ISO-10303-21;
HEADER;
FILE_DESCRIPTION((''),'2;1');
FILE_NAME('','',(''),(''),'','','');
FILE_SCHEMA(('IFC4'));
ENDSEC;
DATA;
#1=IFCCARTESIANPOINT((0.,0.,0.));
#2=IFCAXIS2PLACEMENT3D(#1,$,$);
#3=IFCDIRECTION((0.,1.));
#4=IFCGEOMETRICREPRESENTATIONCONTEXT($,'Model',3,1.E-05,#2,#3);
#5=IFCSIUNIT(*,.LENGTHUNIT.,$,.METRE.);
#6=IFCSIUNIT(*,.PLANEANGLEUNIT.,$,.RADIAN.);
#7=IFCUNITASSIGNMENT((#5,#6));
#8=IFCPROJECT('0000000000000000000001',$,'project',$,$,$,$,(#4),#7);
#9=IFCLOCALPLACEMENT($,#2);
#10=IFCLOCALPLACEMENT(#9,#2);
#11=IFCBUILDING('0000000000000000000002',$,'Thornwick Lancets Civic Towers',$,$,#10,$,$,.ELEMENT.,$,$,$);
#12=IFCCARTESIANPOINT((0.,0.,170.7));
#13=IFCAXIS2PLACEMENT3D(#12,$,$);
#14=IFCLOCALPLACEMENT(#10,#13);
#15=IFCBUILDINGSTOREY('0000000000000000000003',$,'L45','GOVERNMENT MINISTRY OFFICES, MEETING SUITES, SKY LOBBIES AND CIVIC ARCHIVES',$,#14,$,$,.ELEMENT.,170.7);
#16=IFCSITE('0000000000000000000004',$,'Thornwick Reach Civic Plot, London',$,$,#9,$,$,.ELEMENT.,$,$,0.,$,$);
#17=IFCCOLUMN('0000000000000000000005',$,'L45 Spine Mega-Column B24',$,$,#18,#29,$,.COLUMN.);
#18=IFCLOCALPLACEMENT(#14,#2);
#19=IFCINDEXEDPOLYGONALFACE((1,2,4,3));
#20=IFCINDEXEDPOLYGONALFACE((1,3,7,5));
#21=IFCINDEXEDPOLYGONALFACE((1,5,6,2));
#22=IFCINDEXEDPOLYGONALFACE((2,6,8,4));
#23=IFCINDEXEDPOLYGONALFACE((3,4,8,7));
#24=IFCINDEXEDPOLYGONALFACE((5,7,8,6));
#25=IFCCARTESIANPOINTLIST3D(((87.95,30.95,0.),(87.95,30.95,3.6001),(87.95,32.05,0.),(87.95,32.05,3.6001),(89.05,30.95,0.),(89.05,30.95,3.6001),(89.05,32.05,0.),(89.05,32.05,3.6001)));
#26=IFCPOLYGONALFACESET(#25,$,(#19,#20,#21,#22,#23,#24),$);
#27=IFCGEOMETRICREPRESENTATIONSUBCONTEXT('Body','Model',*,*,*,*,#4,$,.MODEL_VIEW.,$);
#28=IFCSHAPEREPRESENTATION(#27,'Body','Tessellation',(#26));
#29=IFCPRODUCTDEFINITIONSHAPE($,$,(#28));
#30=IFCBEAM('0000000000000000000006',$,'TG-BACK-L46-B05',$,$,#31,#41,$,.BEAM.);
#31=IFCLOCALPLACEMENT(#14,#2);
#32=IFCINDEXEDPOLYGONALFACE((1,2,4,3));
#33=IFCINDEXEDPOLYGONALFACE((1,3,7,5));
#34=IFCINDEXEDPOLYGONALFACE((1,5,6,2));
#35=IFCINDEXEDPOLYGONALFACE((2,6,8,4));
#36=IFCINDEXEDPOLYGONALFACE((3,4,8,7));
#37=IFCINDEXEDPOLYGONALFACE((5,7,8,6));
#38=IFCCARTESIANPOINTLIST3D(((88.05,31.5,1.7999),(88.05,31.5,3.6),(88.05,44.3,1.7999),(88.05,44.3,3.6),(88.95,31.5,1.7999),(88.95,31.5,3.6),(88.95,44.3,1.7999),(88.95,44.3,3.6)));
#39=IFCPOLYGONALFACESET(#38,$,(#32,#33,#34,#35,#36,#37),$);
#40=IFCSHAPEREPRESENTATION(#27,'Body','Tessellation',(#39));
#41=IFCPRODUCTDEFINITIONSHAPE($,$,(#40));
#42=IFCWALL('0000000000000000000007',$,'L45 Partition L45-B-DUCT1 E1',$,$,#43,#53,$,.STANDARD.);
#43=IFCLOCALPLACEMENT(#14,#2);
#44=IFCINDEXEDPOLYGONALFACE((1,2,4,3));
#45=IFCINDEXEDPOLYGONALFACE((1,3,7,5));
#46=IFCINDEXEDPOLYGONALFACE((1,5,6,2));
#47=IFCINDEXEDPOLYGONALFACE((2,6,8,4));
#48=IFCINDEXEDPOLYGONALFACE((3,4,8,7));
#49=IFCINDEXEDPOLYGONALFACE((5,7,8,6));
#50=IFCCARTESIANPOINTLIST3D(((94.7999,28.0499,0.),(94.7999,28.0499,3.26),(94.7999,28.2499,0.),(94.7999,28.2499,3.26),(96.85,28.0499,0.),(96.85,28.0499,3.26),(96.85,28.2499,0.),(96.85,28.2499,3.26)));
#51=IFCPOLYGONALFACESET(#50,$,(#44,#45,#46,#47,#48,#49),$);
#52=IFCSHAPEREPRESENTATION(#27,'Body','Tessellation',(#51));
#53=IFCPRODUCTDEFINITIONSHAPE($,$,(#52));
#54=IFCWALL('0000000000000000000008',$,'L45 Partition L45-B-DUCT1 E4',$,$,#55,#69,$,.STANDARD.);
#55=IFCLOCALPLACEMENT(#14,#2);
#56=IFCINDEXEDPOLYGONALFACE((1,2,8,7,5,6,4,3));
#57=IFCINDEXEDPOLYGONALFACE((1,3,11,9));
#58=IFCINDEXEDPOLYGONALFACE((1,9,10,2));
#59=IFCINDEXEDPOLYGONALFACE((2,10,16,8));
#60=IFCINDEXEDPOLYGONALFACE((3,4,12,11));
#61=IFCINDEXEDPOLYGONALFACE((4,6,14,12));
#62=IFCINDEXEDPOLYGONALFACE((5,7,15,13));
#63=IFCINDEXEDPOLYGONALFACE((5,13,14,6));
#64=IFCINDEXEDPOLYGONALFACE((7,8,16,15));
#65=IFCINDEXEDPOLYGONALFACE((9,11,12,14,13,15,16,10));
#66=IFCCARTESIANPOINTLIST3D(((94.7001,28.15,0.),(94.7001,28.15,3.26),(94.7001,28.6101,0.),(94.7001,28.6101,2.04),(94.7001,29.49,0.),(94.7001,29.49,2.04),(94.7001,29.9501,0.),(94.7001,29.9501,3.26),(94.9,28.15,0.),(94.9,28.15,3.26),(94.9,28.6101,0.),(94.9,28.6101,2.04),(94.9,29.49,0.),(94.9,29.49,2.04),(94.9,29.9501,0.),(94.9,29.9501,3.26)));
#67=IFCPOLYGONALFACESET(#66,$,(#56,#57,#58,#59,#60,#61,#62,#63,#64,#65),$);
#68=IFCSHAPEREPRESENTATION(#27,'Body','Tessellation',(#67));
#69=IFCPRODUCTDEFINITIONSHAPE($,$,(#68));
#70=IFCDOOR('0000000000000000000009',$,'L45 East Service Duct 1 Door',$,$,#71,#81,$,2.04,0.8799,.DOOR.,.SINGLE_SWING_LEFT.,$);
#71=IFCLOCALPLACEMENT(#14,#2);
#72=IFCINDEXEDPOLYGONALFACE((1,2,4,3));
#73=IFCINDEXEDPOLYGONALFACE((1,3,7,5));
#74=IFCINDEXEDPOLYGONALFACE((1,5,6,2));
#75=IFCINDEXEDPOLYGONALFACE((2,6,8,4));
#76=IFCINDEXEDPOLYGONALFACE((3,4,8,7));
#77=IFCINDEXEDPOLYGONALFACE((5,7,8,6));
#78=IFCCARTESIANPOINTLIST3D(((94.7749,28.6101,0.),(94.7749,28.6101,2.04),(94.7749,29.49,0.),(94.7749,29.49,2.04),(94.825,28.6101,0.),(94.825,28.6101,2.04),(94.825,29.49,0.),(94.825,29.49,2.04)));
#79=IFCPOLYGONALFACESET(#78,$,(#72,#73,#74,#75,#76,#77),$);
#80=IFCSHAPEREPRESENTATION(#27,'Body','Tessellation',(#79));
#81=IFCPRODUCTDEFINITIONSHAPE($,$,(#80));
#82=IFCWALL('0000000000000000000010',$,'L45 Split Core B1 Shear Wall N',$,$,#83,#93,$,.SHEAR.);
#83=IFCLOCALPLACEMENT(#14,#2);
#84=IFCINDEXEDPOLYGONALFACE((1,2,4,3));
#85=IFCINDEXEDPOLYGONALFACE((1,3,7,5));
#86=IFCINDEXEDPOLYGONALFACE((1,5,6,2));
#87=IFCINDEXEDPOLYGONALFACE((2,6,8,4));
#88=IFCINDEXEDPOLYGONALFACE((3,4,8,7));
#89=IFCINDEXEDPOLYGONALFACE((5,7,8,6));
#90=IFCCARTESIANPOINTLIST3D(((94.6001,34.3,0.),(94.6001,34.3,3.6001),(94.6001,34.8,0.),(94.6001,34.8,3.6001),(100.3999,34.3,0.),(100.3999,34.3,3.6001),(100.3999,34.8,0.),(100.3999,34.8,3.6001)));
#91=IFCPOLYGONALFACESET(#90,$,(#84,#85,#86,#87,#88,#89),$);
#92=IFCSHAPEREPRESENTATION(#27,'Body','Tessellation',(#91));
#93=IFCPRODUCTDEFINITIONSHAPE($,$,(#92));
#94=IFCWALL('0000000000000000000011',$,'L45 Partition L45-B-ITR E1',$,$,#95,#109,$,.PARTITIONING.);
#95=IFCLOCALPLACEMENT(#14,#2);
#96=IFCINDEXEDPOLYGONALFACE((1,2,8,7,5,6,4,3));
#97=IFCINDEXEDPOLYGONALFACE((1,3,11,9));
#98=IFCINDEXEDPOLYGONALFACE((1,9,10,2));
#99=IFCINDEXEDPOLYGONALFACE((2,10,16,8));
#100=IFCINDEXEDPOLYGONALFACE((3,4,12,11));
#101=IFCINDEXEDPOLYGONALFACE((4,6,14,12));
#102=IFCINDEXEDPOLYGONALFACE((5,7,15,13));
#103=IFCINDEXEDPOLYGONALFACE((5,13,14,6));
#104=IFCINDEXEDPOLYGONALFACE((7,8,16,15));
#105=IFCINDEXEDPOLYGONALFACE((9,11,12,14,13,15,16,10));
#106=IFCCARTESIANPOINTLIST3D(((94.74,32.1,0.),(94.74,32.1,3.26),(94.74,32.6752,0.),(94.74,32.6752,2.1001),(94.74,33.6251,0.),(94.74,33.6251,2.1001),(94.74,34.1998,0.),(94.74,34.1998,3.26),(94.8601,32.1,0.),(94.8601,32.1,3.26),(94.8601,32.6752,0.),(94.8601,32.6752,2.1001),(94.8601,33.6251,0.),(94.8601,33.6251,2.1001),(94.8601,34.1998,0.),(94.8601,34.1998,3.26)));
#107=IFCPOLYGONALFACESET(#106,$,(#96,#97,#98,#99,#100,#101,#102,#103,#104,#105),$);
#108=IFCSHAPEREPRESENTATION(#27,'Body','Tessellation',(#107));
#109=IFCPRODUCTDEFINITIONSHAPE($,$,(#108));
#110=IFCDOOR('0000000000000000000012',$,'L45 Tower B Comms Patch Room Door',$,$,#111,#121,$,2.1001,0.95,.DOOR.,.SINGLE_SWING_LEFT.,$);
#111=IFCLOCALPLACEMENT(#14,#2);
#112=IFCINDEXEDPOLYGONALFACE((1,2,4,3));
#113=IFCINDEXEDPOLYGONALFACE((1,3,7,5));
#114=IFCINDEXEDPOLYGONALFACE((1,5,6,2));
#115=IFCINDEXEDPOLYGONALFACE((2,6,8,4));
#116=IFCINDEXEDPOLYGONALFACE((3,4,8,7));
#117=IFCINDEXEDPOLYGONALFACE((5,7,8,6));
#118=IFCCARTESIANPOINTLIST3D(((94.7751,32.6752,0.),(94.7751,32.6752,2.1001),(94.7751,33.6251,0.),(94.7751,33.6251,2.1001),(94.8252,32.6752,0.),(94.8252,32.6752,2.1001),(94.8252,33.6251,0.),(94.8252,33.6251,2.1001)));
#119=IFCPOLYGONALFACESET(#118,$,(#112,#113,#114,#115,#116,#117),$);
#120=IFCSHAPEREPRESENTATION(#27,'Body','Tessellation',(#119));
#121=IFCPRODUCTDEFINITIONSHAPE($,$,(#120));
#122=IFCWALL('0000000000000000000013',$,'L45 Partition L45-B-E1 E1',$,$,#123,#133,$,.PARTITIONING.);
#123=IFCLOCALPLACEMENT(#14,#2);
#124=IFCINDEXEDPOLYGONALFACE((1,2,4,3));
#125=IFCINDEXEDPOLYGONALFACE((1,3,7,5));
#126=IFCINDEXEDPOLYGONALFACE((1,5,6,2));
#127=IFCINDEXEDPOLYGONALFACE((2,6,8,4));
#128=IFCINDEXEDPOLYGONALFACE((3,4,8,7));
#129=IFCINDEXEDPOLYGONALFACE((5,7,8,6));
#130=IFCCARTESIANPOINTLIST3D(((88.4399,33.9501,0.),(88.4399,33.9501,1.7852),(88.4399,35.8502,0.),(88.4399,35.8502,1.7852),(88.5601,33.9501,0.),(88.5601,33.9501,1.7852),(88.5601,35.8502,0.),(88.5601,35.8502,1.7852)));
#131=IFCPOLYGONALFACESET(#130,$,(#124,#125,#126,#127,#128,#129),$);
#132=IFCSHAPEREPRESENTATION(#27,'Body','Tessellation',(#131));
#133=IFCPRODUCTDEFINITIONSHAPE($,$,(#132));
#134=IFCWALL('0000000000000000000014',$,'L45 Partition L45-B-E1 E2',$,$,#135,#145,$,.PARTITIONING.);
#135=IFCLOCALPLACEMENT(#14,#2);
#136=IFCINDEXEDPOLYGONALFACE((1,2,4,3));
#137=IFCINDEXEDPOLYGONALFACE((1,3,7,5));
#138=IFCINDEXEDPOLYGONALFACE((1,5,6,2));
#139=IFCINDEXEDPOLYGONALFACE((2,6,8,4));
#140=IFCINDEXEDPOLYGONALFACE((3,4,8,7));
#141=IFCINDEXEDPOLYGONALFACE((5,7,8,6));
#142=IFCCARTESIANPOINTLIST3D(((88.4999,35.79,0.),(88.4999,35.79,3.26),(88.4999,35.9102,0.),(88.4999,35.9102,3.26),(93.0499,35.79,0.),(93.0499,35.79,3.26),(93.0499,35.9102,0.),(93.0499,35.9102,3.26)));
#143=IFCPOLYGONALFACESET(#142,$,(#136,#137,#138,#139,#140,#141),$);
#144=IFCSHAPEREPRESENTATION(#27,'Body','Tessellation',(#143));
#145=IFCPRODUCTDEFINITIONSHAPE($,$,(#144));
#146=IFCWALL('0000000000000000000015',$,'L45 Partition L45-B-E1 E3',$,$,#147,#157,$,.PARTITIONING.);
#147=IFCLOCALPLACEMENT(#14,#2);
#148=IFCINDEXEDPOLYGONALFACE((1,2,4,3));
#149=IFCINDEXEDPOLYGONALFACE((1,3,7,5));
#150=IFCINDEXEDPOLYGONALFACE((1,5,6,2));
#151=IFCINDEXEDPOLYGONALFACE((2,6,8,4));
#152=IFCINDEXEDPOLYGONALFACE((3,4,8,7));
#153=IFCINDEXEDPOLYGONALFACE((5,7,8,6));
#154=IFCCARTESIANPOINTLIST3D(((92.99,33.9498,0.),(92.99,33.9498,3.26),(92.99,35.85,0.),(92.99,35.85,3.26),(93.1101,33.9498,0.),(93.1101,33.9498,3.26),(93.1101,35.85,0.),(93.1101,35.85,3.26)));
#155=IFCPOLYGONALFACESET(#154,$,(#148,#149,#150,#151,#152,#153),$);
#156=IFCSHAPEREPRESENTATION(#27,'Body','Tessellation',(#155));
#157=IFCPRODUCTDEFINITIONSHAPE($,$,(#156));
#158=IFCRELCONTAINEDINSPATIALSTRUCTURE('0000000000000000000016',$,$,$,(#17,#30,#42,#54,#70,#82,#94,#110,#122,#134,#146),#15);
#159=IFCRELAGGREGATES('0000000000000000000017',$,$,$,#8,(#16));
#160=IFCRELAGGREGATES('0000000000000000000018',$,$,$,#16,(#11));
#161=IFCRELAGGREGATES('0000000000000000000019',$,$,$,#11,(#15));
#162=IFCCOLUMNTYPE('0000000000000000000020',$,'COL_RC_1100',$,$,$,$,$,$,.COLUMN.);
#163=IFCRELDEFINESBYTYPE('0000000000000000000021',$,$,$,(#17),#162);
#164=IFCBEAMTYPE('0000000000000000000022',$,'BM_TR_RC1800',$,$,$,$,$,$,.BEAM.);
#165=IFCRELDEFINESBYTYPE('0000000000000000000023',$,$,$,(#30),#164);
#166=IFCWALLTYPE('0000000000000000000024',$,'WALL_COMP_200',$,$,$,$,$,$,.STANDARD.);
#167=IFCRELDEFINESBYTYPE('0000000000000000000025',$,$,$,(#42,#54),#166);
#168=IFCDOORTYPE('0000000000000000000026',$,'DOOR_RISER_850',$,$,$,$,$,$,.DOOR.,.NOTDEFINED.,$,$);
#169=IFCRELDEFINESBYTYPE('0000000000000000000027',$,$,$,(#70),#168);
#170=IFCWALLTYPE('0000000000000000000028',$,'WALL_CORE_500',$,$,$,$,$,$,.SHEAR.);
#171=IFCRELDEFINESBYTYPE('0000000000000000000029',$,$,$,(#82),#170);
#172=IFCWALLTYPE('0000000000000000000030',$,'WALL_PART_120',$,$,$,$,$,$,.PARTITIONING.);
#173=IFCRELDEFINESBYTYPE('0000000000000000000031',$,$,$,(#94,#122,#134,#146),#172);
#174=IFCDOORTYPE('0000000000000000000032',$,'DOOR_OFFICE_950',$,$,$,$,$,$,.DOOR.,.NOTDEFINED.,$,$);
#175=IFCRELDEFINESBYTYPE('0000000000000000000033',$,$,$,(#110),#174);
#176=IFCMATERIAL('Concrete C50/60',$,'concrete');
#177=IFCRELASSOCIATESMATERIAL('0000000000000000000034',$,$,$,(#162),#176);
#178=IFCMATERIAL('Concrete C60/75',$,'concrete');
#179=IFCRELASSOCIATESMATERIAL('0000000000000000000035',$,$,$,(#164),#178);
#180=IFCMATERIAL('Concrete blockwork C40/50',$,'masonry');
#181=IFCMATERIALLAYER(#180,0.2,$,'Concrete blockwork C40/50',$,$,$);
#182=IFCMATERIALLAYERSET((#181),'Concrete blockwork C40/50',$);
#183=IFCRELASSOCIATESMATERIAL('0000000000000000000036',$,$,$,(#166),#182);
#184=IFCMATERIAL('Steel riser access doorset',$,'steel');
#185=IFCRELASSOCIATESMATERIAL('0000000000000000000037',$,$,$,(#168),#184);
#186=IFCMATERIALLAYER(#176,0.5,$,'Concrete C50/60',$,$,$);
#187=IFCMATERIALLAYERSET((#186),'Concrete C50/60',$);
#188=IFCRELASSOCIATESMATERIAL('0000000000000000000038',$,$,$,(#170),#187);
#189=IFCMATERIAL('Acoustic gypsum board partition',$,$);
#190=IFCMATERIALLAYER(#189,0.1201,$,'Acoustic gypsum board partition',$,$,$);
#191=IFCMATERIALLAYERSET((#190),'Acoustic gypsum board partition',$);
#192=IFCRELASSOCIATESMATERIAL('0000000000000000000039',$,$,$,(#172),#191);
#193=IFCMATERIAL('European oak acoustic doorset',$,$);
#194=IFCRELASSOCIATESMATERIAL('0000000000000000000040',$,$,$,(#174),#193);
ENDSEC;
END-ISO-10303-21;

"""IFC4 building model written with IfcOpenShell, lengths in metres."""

from ifc_helpers import new_model, si_unit, direction, frame, frame_2d, origin, origin_2d, place, context, subcontext, project, spatial, rectangle, extrude, material, layer, layer_set, material_profile, profile_set, type_object, element, fill, save


model = new_model("IFC4")

# Units and contexts
model_context = context("Model", 3, precision=1e-05, world=origin(), true_north=direction((0.0, 1.0)))
body_context = subcontext(model_context, "Body", "Model", "MODEL_VIEW")
ifc_project = project(units=[si_unit("LENGTHUNIT", "METRE"), si_unit("PLANEANGLEUNIT", "RADIAN")], contexts=[model_context])

# Site, building, storey
site_placement = place(None, origin())
site = spatial("IfcSite", under=ifc_project, at=site_placement, Name="Thornwick Reach Civic Plot, London", CompositionType="ELEMENT", RefElevation=0.0)
building_placement = place(site_placement, origin())
building = spatial("IfcBuilding", under=site, at=building_placement, Name="Thornwick Lancets Civic Towers", CompositionType="ELEMENT")
storey_placement = place(building_placement, frame((0.0, 0.0, 170.7)))
storey = spatial("IfcBuildingStorey", under=building, at=storey_placement, Name="L45", Description="GOVERNMENT MINISTRY OFFICES, MEETING SUITES, SKY LOBBIES AND CIVIC ARCHIVES", CompositionType="ELEMENT", Elevation=170.7)

# Column
ifc_material_1 = material(Name="Concrete C50/60", Category="concrete")
ifc_material_profile_1 = material_profile(ifc_material_1, rectangle(XDim=1.1001, YDim=1.1001, at=origin_2d()), Name="RC 1100x1100")
ifc_profile_set_1 = profile_set([ifc_material_profile_1], Name="Concrete C50/60")
column_type = type_object("IfcColumnType", Name="COL_RC_1100", PredefinedType="COLUMN", material=ifc_profile_set_1)
column_placement = place(storey_placement, frame((88.5, 31.5, 0.0), z_axis=(0.0, 0.0, 1.0), x_axis=(1.0, 0.0, 0.0)))
element("IfcColumn", 1, at=column_placement, inside=storey, type_object=column_type, Name="L45 Spine Mega-Column B24", PredefinedType="COLUMN", context=body_context, shape_type="SweptSolid", body=[
    extrude(rectangle(XDim=1.1001, YDim=1.1001, at=origin_2d()), origin(), (0.0, 0.0, 1.0), 3.6001),
])

# Beam
ifc_material_2 = material(Name="Concrete C60/75", Category="concrete")
ifc_material_profile_2 = material_profile(ifc_material_2, rectangle(XDim=0.8999, YDim=1.8, at=origin_2d()), Name="RC 900x1800")
ifc_profile_set_2 = profile_set([ifc_material_profile_2], Name="Concrete C60/75")
beam_type = type_object("IfcBeamType", Name="BM_TR_RC1800", PredefinedType="BEAM", material=ifc_profile_set_2)
beam_placement = place(storey_placement, frame((88.5, 31.5, 2.7), z_axis=(0.0, 1.0, 0.0), x_axis=(-1.0, 0.0, 0.0)))
element("IfcBeam", 2, at=beam_placement, inside=storey, type_object=beam_type, Name="TG-BACK-L46-B05", PredefinedType="BEAM", context=body_context, shape_type="SweptSolid", body=[
    extrude(rectangle(XDim=0.8999, YDim=1.8, at=origin_2d()), origin(), (0.0, 0.0, 1.0), 12.8),
])

# Wall
ifc_material_3 = material(Name="Concrete blockwork C40/50", Category="masonry")
ifc_layer_1 = layer(ifc_material_3, 0.2, Name="Concrete blockwork C40/50")
ifc_layer_set_1 = layer_set([ifc_layer_1], Name="Concrete blockwork C40/50")
wall_type_1 = type_object("IfcWallType", Name="WALL_COMP_200", PredefinedType="STANDARD", material=ifc_layer_set_1)
wall_1_placement = place(storey_placement, frame((94.8, 28.1499, 0.0), z_axis=(0.0, 0.0, 1.0), x_axis=(1.0, 0.0, 0.0)))
element("IfcWall", 3, at=wall_1_placement, inside=storey, type_object=wall_type_1, Name="L45 Partition L45-B-DUCT1 E1", PredefinedType="STANDARD", context=body_context, shape_type="SweptSolid", body=[
    extrude(rectangle(XDim=2.05, YDim=0.2, at=frame_2d((1.0249, 0.0))), origin(), (0.0, 0.0, 1.0), 3.26),
])

# Wall, opening, door
wall_2_placement = place(storey_placement, frame((94.8, 29.95, 0.0), z_axis=(0.0, 0.0, 1.0), x_axis=(0.0, -1.0, 0.0)))
wall_2 = element("IfcWall", 4, at=wall_2_placement, inside=storey, type_object=wall_type_1, Name="L45 Partition L45-B-DUCT1 E4", PredefinedType="STANDARD", context=body_context, shape_type="SweptSolid", body=[
    extrude(rectangle(XDim=1.8, YDim=0.2, at=frame_2d((0.8999, 0.0))), origin(), (0.0, 0.0, 1.0), 3.26),
])
opening_1_placement = place(wall_2_placement, frame((0.46, 0.0, 0.0)))
opening_1 = element("IfcOpeningElement", 5, at=opening_1_placement, cuts=wall_2, PredefinedType="OPENING", context=body_context, shape_type="SweptSolid", body=[
    extrude(rectangle(XDim=0.8799, YDim=2.04, at=frame_2d((0.4399, 1.02))), frame((0.0, 0.1099, 0.0), z_axis=(0.0, -1.0, 0.0), x_axis=(1.0, 0.0, 0.0)), (0.0, 0.0, 1.0), 0.22),
])
ifc_material_4 = material(Name="Steel riser access doorset", Category="steel")
door_type_1 = type_object("IfcDoorType", Name="DOOR_RISER_850", OperationType="NOTDEFINED", PredefinedType="DOOR", material=ifc_material_4)
door_1_placement = place(opening_1_placement, origin())
door_1 = element("IfcDoor", 6, at=door_1_placement, inside=storey, type_object=door_type_1, Name="L45 East Service Duct 1 Door", OperationType="SINGLE_SWING_LEFT", OverallHeight=2.04, OverallWidth=0.8799, PredefinedType="DOOR", context=body_context, shape_type="SweptSolid", body=[
    extrude(rectangle(XDim=0.8799, YDim=2.04, at=frame_2d((0.4399, 1.02))), frame((0.0, 0.0249, 0.0), z_axis=(0.0, -1.0, 0.0), x_axis=(1.0, 0.0, 0.0)), (0.0, 0.0, 1.0), 0.05),
])
fill(opening_1, door_1)

# Wall
ifc_layer_2 = layer(ifc_material_1, 0.5, Name="Concrete C50/60")
ifc_layer_set_2 = layer_set([ifc_layer_2], Name="Concrete C50/60")
wall_type_2 = type_object("IfcWallType", Name="WALL_CORE_500", PredefinedType="SHEAR", material=ifc_layer_set_2)
wall_3_placement = place(storey_placement, frame((94.6001, 34.55, 0.0), z_axis=(0.0, 0.0, 1.0), x_axis=(1.0, 0.0, 0.0)))
element("IfcWall", 7, at=wall_3_placement, inside=storey, type_object=wall_type_2, Name="L45 Split Core B1 Shear Wall N", PredefinedType="SHEAR", context=body_context, shape_type="SweptSolid", body=[
    extrude(rectangle(XDim=5.7998, YDim=0.5, at=frame_2d((2.8999, 0.0))), origin(), (0.0, 0.0, 1.0), 3.6001),
])

# Wall, opening, door
ifc_material_5 = material(Name="Acoustic gypsum board partition")
ifc_layer_3 = layer(ifc_material_5, 0.1201, Name="Acoustic gypsum board partition")
ifc_layer_set_3 = layer_set([ifc_layer_3], Name="Acoustic gypsum board partition")
wall_type_3 = type_object("IfcWallType", Name="WALL_PART_120", PredefinedType="PARTITIONING", material=ifc_layer_set_3)
wall_4_placement = place(storey_placement, frame((94.8, 32.1001, 0.0), z_axis=(0.0, 0.0, 1.0), x_axis=(0.0, 1.0, 0.0)))
wall_4 = element("IfcWall", 8, at=wall_4_placement, inside=storey, type_object=wall_type_3, Name="L45 Partition L45-B-ITR E1", PredefinedType="PARTITIONING", context=body_context, shape_type="SweptSolid", body=[
    extrude(rectangle(XDim=2.0999, YDim=0.1201, at=frame_2d((1.0498, 0.0))), origin(), (0.0, 0.0, 1.0), 3.26),
])
opening_2_placement = place(wall_4_placement, frame((0.575, 0.0, 0.0)))
opening_2 = element("IfcOpeningElement", 9, at=opening_2_placement, cuts=wall_4, PredefinedType="OPENING", context=body_context, shape_type="SweptSolid", body=[
    extrude(rectangle(XDim=0.95, YDim=2.1001, at=frame_2d((0.4751, 1.05))), frame((0.0, 0.0701, 0.0), z_axis=(0.0, -1.0, 0.0), x_axis=(1.0, 0.0, 0.0)), (0.0, 0.0, 1.0), 0.1401),
])
ifc_material_6 = material(Name="European oak acoustic doorset")
door_type_2 = type_object("IfcDoorType", Name="DOOR_OFFICE_950", OperationType="NOTDEFINED", PredefinedType="DOOR", material=ifc_material_6)
door_2_placement = place(opening_2_placement, origin())
door_2 = element("IfcDoor", 10, at=door_2_placement, inside=storey, type_object=door_type_2, Name="L45 Tower B Comms Patch Room Door", OperationType="SINGLE_SWING_LEFT", OverallHeight=2.1001, OverallWidth=0.95, PredefinedType="DOOR", context=body_context, shape_type="SweptSolid", body=[
    extrude(rectangle(XDim=0.95, YDim=2.1001, at=frame_2d((0.4751, 1.05))), frame((0.0, 0.0249, 0.0), z_axis=(0.0, -1.0, 0.0), x_axis=(1.0, 0.0, 0.0)), (0.0, 0.0, 1.0), 0.05),
])
fill(opening_2, door_2)

# Walls
wall_5_placement = place(storey_placement, frame((88.5, 33.95, 0.0), z_axis=(0.0, 0.0, 1.0), x_axis=(0.0, 1.0, 0.0)))
element("IfcWall", 11, at=wall_5_placement, inside=storey, type_object=wall_type_3, Name="L45 Partition L45-B-E1 E1", PredefinedType="PARTITIONING", context=body_context, shape_type="SweptSolid", body=[
    extrude(rectangle(XDim=1.9001, YDim=0.1201, at=frame_2d((0.9502, 0.0))), origin(), (0.0, 0.0, 1.0), 1.7852),
])
wall_6_placement = place(storey_placement, frame((88.5, 35.8501, 0.0), z_axis=(0.0, 0.0, 1.0), x_axis=(1.0, 0.0, 0.0)))
element("IfcWall", 12, at=wall_6_placement, inside=storey, type_object=wall_type_3, Name="L45 Partition L45-B-E1 E2", PredefinedType="PARTITIONING", context=body_context, shape_type="SweptSolid", body=[
    extrude(rectangle(XDim=4.55, YDim=0.1201, at=frame_2d((2.2749, 0.0))), origin(), (0.0, 0.0, 1.0), 3.26),
])
wall_7_placement = place(storey_placement, frame((93.05, 35.8501, 0.0), z_axis=(0.0, 0.0, 1.0), x_axis=(0.0, -1.0, 0.0)))
element("IfcWall", 13, at=wall_7_placement, inside=storey, type_object=wall_type_3, Name="L45 Partition L45-B-E1 E3", PredefinedType="PARTITIONING", context=body_context, shape_type="SweptSolid", body=[
    extrude(rectangle(XDim=1.9001, YDim=0.1201, at=frame_2d((0.9502, 0.0))), origin(), (0.0, 0.0, 1.0), 3.26),
])

save(model, "model.ifc")
